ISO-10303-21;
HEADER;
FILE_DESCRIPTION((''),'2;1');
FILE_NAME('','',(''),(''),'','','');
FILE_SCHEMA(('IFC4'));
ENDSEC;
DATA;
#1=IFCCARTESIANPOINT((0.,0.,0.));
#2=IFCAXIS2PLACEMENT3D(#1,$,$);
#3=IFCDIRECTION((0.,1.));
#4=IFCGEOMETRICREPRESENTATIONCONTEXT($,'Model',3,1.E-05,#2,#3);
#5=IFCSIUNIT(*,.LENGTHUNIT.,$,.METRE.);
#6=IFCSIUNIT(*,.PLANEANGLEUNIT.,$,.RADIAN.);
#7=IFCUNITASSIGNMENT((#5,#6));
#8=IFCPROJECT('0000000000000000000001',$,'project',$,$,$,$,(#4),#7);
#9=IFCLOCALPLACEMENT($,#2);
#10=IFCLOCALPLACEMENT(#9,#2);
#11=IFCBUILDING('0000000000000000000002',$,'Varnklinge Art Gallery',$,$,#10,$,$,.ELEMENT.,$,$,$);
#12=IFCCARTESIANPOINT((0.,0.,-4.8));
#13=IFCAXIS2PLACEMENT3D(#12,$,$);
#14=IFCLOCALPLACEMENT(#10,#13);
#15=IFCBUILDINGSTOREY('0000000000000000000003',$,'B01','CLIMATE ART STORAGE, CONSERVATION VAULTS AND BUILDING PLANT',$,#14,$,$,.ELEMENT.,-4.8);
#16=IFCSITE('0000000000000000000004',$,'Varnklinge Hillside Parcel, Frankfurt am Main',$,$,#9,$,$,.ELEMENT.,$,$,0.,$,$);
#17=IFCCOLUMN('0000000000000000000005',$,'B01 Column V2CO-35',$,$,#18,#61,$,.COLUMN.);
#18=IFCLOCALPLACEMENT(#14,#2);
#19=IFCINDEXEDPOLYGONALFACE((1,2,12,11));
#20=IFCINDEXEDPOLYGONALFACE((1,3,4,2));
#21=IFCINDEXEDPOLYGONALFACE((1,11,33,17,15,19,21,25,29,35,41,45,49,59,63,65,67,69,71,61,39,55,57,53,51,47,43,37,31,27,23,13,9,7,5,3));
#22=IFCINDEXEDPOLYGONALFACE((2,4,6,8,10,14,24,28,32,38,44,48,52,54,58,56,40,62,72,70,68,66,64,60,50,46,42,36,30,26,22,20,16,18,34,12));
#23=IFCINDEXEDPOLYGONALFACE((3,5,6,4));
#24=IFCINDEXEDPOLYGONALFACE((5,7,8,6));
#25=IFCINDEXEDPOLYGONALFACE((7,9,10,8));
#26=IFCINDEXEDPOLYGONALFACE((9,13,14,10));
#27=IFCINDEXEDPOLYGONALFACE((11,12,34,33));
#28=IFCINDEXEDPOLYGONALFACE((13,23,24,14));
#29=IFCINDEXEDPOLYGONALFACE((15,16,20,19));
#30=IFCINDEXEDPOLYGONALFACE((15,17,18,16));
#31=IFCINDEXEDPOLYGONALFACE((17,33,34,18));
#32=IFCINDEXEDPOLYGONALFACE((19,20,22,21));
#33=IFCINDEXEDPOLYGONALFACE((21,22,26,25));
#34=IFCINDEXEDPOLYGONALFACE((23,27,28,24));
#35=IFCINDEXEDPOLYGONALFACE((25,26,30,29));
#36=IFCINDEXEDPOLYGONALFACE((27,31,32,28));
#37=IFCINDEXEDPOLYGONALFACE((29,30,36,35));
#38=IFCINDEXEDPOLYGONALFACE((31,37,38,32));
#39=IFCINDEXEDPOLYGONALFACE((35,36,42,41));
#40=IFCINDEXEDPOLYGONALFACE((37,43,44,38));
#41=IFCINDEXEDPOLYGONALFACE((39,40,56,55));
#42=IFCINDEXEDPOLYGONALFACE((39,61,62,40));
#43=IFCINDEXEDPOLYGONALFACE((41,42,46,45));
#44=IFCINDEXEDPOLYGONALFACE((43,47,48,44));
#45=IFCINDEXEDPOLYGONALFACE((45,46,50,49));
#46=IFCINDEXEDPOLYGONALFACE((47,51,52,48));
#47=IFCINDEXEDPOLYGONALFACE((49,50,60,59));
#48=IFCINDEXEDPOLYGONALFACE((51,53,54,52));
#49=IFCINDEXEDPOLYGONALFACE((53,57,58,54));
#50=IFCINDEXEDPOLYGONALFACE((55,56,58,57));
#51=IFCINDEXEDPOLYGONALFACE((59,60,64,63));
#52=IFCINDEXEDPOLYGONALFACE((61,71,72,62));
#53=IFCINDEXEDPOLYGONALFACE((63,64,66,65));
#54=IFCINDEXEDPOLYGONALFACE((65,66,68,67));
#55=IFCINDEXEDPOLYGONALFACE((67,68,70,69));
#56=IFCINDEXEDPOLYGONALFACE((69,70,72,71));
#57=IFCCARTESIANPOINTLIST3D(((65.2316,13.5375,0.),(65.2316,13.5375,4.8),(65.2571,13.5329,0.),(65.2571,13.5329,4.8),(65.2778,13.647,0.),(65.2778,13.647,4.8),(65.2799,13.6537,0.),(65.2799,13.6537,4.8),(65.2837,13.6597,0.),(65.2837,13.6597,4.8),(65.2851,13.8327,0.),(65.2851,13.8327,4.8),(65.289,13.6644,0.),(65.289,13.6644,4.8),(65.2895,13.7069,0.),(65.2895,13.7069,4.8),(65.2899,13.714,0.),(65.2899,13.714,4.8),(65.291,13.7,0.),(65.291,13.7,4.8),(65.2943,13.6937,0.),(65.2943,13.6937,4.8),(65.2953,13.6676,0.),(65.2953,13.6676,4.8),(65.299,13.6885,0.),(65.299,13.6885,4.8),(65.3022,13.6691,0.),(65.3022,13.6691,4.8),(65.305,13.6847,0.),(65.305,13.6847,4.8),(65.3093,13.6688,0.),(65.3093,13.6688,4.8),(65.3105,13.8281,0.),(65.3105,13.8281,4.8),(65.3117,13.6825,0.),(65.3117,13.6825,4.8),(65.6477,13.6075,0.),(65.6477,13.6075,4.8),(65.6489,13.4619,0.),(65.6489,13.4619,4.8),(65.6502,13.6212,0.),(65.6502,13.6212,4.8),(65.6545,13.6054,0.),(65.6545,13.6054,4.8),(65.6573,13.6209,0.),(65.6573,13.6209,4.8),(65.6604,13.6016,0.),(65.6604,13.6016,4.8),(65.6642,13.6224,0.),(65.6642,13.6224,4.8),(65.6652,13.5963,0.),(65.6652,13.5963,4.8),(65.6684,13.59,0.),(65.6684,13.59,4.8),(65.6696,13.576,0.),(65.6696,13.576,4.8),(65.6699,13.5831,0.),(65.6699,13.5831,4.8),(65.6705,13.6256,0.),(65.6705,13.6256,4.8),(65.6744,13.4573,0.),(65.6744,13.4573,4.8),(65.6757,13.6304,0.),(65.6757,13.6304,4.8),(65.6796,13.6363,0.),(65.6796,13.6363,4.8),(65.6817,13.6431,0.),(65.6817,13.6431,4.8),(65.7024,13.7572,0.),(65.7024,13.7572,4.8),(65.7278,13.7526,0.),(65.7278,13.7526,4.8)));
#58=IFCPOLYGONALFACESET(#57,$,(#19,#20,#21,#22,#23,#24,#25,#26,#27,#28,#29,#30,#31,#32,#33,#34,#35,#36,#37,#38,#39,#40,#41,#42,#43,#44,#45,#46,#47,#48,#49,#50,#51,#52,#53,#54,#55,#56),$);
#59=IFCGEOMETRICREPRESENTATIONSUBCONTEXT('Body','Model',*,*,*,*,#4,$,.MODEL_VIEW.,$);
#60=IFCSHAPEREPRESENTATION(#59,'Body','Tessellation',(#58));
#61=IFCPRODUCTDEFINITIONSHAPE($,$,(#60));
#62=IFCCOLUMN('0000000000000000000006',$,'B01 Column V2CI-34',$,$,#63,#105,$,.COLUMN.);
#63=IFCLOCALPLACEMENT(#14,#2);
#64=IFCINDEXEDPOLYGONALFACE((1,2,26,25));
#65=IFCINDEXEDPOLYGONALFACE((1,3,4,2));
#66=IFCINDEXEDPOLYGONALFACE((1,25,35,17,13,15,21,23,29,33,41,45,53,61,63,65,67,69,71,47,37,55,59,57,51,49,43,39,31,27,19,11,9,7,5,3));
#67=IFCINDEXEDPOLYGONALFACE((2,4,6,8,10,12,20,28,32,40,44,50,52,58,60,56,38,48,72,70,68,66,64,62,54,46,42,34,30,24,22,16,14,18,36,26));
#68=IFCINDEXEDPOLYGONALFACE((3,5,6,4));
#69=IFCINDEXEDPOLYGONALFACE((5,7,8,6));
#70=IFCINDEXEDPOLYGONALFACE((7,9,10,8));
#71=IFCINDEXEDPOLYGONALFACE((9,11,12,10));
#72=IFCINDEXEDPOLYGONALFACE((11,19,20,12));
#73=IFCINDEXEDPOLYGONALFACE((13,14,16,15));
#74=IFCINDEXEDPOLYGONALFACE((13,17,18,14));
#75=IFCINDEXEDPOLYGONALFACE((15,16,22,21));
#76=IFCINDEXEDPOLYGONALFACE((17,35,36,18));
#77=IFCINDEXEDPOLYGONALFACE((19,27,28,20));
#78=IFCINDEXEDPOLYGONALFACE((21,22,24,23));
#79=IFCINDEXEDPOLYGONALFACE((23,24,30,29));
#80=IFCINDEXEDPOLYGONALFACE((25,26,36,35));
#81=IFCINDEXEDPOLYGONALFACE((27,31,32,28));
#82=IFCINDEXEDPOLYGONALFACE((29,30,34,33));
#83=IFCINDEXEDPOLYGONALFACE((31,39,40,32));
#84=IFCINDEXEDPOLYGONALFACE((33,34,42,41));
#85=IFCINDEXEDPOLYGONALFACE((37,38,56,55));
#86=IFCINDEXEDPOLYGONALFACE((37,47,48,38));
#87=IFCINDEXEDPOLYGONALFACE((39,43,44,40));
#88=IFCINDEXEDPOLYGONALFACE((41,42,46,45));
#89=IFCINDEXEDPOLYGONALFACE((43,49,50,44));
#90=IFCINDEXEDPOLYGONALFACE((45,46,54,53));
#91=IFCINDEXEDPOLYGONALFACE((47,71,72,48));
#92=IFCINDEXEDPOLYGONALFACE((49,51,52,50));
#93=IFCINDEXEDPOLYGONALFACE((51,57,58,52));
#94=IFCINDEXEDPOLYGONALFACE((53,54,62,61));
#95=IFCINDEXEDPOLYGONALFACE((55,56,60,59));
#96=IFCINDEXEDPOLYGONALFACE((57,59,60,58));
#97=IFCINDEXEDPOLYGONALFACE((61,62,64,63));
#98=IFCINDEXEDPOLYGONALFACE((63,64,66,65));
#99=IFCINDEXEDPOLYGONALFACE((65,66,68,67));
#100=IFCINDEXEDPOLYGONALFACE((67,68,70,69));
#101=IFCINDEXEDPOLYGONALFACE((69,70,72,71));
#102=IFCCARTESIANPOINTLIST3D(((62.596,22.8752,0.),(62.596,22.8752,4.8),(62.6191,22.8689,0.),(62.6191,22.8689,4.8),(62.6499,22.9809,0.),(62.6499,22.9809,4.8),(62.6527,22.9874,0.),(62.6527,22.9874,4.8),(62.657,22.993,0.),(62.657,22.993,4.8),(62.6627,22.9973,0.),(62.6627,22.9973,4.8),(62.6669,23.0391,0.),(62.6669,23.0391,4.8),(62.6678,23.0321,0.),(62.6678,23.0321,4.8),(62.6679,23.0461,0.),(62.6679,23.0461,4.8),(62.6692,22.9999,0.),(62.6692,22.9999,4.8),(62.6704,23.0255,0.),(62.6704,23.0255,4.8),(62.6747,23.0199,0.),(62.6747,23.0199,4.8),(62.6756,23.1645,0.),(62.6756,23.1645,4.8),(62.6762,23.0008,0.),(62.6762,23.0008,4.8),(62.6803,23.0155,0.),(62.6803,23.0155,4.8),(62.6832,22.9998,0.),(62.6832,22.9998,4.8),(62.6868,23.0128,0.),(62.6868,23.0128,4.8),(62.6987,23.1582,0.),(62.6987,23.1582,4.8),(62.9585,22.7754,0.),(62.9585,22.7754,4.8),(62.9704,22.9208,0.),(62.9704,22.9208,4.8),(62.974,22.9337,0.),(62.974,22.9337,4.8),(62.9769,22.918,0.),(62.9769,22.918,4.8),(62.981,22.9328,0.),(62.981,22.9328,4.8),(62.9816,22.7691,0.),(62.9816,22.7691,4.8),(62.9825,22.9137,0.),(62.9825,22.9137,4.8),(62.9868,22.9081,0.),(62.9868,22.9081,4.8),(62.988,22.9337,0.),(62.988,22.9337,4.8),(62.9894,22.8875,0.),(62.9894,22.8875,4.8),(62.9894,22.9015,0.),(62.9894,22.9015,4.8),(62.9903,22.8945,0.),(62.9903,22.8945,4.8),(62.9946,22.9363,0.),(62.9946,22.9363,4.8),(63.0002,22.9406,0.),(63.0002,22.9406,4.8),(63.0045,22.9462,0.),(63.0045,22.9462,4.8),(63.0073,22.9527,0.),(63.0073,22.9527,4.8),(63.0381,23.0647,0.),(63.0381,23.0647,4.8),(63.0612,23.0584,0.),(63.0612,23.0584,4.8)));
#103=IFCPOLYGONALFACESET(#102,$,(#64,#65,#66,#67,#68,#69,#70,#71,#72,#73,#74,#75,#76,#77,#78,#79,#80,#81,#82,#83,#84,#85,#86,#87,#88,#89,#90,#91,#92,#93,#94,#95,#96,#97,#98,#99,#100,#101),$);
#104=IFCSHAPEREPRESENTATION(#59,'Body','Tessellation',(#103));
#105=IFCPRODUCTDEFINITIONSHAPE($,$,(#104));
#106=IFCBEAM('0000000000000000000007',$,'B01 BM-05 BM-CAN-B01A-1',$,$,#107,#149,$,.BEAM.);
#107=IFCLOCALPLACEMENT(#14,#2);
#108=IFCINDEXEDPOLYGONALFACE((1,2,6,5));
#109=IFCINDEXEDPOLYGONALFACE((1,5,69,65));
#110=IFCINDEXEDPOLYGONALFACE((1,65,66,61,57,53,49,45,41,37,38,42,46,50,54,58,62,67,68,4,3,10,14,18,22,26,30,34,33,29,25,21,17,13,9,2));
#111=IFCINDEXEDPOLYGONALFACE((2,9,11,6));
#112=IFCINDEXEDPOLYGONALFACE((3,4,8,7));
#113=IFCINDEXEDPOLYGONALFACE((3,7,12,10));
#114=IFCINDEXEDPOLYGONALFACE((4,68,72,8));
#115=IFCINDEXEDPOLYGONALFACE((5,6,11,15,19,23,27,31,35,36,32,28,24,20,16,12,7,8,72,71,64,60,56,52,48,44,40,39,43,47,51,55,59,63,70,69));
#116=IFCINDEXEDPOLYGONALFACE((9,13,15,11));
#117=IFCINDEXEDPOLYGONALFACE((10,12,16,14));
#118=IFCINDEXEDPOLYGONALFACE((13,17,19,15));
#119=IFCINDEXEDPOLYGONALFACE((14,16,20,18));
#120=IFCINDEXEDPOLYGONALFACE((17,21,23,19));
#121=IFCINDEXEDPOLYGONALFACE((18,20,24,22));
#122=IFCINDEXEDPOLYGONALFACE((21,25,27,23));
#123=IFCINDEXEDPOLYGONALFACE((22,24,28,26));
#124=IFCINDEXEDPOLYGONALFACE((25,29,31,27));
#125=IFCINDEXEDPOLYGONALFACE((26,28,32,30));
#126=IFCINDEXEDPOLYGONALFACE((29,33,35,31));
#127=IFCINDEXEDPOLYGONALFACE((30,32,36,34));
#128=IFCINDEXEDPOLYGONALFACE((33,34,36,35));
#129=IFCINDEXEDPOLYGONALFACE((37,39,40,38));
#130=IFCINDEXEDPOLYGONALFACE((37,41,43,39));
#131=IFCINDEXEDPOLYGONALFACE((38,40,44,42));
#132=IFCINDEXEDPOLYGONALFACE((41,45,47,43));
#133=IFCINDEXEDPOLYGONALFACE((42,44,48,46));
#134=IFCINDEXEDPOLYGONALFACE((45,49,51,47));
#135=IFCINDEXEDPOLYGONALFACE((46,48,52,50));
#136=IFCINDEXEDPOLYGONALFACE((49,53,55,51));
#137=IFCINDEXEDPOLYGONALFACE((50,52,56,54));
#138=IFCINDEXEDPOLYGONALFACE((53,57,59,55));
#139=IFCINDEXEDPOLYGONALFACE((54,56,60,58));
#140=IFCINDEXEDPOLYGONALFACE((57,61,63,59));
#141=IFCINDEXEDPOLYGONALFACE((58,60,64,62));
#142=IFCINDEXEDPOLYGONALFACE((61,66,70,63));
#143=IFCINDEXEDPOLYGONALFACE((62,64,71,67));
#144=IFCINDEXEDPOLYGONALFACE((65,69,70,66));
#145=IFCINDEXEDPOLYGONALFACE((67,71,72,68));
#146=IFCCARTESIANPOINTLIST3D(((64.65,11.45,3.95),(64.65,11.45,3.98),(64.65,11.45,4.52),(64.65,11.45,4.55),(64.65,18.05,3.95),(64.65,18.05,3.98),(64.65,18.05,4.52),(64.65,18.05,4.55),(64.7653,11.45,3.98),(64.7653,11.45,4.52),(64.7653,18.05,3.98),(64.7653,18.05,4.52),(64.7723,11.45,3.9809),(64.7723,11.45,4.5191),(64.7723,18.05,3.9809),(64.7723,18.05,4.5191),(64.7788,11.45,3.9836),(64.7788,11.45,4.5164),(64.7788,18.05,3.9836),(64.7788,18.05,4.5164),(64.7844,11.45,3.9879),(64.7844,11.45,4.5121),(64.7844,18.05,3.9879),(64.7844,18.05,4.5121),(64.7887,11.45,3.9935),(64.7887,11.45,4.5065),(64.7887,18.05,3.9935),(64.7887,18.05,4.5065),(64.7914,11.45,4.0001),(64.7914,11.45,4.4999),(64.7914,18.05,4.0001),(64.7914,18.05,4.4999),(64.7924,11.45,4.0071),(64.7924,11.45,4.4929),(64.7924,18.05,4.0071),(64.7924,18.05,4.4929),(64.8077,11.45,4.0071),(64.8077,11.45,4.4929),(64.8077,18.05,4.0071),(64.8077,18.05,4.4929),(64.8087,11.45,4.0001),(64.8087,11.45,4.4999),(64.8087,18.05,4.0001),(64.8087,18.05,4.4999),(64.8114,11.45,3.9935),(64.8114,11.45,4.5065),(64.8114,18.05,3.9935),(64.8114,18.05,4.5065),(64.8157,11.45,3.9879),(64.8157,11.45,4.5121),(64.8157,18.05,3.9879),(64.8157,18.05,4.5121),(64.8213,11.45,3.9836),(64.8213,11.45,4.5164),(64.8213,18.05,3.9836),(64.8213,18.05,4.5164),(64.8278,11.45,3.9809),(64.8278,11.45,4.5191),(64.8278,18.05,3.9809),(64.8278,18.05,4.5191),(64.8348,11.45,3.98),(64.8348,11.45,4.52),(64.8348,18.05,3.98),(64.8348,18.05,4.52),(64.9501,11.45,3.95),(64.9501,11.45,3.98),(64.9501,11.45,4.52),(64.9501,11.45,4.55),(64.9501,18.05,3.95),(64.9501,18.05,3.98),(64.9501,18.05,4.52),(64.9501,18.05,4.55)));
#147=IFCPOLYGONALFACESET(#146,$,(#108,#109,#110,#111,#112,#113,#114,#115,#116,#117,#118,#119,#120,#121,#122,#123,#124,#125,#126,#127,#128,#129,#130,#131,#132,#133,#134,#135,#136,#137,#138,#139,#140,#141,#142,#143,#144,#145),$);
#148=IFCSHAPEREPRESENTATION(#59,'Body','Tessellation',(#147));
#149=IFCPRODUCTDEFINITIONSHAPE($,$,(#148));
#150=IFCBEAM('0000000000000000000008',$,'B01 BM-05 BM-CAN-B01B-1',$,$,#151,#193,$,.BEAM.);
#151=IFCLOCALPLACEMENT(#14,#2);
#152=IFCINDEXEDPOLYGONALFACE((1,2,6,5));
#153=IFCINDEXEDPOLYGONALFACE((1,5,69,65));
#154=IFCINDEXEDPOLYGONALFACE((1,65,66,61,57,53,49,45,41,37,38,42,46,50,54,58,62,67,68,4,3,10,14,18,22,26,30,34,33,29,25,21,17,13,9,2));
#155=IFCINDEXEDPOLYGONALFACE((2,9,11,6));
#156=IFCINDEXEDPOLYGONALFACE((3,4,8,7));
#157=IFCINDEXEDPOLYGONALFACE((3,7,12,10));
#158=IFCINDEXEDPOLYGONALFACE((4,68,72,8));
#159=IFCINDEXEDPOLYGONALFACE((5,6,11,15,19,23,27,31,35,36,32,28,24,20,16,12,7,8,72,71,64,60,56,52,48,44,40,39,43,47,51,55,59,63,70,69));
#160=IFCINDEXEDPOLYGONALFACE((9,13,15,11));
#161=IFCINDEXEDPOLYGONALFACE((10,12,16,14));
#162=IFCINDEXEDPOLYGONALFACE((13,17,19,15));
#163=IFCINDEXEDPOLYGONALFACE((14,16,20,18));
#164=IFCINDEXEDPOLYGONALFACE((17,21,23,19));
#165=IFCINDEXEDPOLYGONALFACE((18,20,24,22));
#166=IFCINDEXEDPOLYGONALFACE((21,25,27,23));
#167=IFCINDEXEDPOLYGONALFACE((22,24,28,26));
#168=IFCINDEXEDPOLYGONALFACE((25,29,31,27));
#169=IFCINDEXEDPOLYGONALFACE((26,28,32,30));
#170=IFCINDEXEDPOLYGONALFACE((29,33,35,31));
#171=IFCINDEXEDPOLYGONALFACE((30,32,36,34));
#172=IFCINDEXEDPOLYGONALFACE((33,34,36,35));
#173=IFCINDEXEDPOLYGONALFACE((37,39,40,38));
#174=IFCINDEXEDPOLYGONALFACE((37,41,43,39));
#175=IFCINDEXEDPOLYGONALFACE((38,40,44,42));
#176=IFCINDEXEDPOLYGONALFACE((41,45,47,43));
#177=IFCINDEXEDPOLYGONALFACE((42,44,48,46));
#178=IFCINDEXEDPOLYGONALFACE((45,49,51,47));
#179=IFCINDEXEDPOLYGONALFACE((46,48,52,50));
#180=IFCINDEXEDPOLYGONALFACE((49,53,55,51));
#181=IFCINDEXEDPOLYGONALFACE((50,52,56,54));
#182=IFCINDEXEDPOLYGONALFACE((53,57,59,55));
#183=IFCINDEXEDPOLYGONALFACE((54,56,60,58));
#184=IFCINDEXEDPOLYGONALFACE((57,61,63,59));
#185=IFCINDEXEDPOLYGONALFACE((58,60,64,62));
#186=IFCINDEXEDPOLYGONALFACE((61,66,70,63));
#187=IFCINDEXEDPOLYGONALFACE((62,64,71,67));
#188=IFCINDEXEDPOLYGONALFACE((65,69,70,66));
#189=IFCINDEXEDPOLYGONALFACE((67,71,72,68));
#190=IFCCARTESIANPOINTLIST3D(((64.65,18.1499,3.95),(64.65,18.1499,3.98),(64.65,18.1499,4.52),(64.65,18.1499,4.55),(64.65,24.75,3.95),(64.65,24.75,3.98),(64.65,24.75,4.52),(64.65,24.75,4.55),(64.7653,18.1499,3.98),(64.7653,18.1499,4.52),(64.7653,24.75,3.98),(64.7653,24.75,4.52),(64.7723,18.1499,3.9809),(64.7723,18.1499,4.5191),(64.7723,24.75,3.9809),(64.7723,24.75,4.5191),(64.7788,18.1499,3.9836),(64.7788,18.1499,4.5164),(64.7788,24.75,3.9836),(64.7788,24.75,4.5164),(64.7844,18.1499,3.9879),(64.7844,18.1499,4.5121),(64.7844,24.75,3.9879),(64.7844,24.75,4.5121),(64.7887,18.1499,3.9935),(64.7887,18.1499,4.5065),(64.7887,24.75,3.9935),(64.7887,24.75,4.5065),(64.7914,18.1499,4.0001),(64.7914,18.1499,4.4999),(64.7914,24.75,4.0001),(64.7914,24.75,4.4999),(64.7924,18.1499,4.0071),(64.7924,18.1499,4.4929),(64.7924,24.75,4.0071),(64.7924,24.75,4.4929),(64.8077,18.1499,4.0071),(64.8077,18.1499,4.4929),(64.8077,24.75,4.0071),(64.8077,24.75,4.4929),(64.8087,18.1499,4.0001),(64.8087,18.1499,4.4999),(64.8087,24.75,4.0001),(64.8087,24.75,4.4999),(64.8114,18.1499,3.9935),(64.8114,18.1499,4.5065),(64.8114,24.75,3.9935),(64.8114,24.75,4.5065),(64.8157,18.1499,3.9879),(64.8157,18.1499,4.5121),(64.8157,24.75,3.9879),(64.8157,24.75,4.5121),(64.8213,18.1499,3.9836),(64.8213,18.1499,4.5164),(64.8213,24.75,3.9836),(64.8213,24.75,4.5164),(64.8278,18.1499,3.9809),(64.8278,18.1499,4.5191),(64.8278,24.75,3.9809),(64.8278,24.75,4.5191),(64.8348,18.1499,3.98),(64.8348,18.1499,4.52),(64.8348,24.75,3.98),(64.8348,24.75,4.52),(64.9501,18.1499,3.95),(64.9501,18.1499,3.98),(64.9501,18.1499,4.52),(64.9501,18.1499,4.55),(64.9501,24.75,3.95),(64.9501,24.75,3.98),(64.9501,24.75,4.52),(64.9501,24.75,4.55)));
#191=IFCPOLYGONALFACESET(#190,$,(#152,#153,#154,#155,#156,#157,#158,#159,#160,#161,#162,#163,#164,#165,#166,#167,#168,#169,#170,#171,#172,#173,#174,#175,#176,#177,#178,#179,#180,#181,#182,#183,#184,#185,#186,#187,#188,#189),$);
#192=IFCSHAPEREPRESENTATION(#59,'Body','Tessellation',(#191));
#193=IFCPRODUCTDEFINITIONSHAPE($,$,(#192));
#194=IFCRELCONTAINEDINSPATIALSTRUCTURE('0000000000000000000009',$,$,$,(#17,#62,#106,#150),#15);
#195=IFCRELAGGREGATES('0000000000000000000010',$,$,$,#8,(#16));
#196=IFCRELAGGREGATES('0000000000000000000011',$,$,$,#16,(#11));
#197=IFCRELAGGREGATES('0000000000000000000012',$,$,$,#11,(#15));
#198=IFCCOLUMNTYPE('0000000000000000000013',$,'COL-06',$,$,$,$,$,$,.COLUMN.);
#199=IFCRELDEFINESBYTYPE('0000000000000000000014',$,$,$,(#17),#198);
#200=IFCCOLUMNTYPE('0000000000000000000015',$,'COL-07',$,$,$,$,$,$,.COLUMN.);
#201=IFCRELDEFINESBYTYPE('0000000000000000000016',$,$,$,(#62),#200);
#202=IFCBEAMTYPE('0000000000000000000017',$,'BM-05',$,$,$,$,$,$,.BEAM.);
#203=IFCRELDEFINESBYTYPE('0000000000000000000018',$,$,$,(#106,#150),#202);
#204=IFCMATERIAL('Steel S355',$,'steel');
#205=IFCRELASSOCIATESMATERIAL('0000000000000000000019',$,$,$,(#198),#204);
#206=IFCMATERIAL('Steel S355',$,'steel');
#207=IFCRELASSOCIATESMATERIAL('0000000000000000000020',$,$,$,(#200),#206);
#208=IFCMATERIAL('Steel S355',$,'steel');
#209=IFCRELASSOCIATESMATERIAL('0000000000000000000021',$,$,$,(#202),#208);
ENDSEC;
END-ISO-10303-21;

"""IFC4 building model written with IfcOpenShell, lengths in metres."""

from ifc_helpers import new_model, si_unit, direction, frame, origin, origin_2d, place, context, subcontext, project, spatial, i_section, extrude, material, material_profile, profile_set, type_object, element, save


model = new_model("IFC4")

# Units and contexts
model_context = context("Model", 3, precision=1e-05, world=origin(), true_north=direction((0.0, 1.0)))
body_context = subcontext(model_context, "Body", "Model", "MODEL_VIEW")
ifc_project = project(units=[si_unit("LENGTHUNIT", "METRE"), si_unit("PLANEANGLEUNIT", "RADIAN")], contexts=[model_context])

# Site, building, storey
site_placement = place(None, origin())
site = spatial("IfcSite", under=ifc_project, at=site_placement, Name="Varnklinge Hillside Parcel, Frankfurt am Main", CompositionType="ELEMENT", RefElevation=0.0)
building_placement = place(site_placement, origin())
building = spatial("IfcBuilding", under=site, at=building_placement, Name="Varnklinge Art Gallery", CompositionType="ELEMENT")
storey_placement = place(building_placement, frame((0.0, 0.0, -4.8)))
storey = spatial("IfcBuildingStorey", under=building, at=storey_placement, Name="B01", Description="CLIMATE ART STORAGE, CONSERVATION VAULTS AND BUILDING PLANT", CompositionType="ELEMENT", Elevation=-4.8)

# Columns
ifc_material_1 = material(Name="Steel S355", Category="steel")
ifc_material_profile_1 = material_profile(ifc_material_1, i_section(OverallWidth=0.3, OverallDepth=0.45, WebThickness=0.0139, FlangeThickness=0.0259, FilletRadius=0.0271, at=origin_2d()), Name="HEB 450")
ifc_profile_set_1 = profile_set([ifc_material_profile_1], Name="Steel S355")
column_type_1 = type_object("IfcColumnType", Name="COL-06", PredefinedType="COLUMN", material=ifc_profile_set_1)
column_1_placement = place(storey_placement, frame((65.4797, 13.645, 0.0), z_axis=(0.0, 0.0, 1.0), x_axis=(0.178115, 0.98401, 0.0)))
element("IfcColumn", 1, at=column_1_placement, inside=storey, type_object=column_type_1, Name="B01 Column V2CO-35", PredefinedType="COLUMN", context=body_context, shape_type="SweptSolid", body=[
    extrude(i_section(OverallWidth=0.3, OverallDepth=0.45, WebThickness=0.0139, FlangeThickness=0.0259, FilletRadius=0.0271, at=origin_2d()), origin(), (0.0, 0.0, 1.0), 4.8),
])
ifc_material_2 = material(Name="Steel S355", Category="steel")
ifc_material_profile_2 = material_profile(ifc_material_2, i_section(OverallWidth=0.3, OverallDepth=0.3999, WebThickness=0.0134, FlangeThickness=0.0239, FilletRadius=0.0271, at=origin_2d()), Name="HEB 400")
ifc_profile_set_2 = profile_set([ifc_material_profile_2], Name="Steel S355")
column_type_2 = type_object("IfcColumnType", Name="COL-07", PredefinedType="COLUMN", material=ifc_profile_set_2)
column_2_placement = place(storey_placement, frame((62.8286, 22.9668, 0.0), z_axis=(0.0, 0.0, 1.0), x_axis=(0.265388, 0.964142, 0.0)))
element("IfcColumn", 2, at=column_2_placement, inside=storey, type_object=column_type_2, Name="B01 Column V2CI-34", PredefinedType="COLUMN", context=body_context, shape_type="SweptSolid", body=[
    extrude(i_section(OverallWidth=0.3, OverallDepth=0.3999, WebThickness=0.0134, FlangeThickness=0.0239, FilletRadius=0.0271, at=origin_2d()), origin(), (0.0, 0.0, 1.0), 4.8),
])

# Beams
ifc_material_3 = material(Name="Steel S355", Category="steel")
ifc_material_profile_3 = material_profile(ifc_material_3, i_section(OverallWidth=0.3, OverallDepth=0.6001, WebThickness=0.0154, FlangeThickness=0.03, FilletRadius=0.0271, at=origin_2d()), Name="HEB 600")
ifc_profile_set_3 = profile_set([ifc_material_profile_3], Name="Steel S355")
beam_type_1 = type_object("IfcBeamType", Name="BM-05", PredefinedType="BEAM", material=ifc_profile_set_3)
for number, where, z_axis, x_axis, name in (
    (3, (64.8, 11.45, 4.25), (0.0, 1.0, 0.0), (-1.0, 0.0, 0.0), "B01 BM-05 BM-CAN-B01A-1"),
    (4, (64.8, 18.1499, 4.25), (0.0, 1.0, 0.0), (-1.0, 0.0, 0.0), "B01 BM-05 BM-CAN-B01B-1"),
):
    element("IfcBeam", number, at=place(storey_placement, frame(where, z_axis=z_axis, x_axis=x_axis)), inside=storey, type_object=beam_type_1, Name=name, PredefinedType="BEAM", context=body_context, shape_type="SweptSolid", body=[
        extrude(i_section(OverallWidth=0.3, OverallDepth=0.6001, WebThickness=0.0154, FlangeThickness=0.03, FilletRadius=0.0271, at=origin_2d()), origin(), (0.0, 0.0, 1.0), 6.6001),
    ])

save(model, "model.ifc")
